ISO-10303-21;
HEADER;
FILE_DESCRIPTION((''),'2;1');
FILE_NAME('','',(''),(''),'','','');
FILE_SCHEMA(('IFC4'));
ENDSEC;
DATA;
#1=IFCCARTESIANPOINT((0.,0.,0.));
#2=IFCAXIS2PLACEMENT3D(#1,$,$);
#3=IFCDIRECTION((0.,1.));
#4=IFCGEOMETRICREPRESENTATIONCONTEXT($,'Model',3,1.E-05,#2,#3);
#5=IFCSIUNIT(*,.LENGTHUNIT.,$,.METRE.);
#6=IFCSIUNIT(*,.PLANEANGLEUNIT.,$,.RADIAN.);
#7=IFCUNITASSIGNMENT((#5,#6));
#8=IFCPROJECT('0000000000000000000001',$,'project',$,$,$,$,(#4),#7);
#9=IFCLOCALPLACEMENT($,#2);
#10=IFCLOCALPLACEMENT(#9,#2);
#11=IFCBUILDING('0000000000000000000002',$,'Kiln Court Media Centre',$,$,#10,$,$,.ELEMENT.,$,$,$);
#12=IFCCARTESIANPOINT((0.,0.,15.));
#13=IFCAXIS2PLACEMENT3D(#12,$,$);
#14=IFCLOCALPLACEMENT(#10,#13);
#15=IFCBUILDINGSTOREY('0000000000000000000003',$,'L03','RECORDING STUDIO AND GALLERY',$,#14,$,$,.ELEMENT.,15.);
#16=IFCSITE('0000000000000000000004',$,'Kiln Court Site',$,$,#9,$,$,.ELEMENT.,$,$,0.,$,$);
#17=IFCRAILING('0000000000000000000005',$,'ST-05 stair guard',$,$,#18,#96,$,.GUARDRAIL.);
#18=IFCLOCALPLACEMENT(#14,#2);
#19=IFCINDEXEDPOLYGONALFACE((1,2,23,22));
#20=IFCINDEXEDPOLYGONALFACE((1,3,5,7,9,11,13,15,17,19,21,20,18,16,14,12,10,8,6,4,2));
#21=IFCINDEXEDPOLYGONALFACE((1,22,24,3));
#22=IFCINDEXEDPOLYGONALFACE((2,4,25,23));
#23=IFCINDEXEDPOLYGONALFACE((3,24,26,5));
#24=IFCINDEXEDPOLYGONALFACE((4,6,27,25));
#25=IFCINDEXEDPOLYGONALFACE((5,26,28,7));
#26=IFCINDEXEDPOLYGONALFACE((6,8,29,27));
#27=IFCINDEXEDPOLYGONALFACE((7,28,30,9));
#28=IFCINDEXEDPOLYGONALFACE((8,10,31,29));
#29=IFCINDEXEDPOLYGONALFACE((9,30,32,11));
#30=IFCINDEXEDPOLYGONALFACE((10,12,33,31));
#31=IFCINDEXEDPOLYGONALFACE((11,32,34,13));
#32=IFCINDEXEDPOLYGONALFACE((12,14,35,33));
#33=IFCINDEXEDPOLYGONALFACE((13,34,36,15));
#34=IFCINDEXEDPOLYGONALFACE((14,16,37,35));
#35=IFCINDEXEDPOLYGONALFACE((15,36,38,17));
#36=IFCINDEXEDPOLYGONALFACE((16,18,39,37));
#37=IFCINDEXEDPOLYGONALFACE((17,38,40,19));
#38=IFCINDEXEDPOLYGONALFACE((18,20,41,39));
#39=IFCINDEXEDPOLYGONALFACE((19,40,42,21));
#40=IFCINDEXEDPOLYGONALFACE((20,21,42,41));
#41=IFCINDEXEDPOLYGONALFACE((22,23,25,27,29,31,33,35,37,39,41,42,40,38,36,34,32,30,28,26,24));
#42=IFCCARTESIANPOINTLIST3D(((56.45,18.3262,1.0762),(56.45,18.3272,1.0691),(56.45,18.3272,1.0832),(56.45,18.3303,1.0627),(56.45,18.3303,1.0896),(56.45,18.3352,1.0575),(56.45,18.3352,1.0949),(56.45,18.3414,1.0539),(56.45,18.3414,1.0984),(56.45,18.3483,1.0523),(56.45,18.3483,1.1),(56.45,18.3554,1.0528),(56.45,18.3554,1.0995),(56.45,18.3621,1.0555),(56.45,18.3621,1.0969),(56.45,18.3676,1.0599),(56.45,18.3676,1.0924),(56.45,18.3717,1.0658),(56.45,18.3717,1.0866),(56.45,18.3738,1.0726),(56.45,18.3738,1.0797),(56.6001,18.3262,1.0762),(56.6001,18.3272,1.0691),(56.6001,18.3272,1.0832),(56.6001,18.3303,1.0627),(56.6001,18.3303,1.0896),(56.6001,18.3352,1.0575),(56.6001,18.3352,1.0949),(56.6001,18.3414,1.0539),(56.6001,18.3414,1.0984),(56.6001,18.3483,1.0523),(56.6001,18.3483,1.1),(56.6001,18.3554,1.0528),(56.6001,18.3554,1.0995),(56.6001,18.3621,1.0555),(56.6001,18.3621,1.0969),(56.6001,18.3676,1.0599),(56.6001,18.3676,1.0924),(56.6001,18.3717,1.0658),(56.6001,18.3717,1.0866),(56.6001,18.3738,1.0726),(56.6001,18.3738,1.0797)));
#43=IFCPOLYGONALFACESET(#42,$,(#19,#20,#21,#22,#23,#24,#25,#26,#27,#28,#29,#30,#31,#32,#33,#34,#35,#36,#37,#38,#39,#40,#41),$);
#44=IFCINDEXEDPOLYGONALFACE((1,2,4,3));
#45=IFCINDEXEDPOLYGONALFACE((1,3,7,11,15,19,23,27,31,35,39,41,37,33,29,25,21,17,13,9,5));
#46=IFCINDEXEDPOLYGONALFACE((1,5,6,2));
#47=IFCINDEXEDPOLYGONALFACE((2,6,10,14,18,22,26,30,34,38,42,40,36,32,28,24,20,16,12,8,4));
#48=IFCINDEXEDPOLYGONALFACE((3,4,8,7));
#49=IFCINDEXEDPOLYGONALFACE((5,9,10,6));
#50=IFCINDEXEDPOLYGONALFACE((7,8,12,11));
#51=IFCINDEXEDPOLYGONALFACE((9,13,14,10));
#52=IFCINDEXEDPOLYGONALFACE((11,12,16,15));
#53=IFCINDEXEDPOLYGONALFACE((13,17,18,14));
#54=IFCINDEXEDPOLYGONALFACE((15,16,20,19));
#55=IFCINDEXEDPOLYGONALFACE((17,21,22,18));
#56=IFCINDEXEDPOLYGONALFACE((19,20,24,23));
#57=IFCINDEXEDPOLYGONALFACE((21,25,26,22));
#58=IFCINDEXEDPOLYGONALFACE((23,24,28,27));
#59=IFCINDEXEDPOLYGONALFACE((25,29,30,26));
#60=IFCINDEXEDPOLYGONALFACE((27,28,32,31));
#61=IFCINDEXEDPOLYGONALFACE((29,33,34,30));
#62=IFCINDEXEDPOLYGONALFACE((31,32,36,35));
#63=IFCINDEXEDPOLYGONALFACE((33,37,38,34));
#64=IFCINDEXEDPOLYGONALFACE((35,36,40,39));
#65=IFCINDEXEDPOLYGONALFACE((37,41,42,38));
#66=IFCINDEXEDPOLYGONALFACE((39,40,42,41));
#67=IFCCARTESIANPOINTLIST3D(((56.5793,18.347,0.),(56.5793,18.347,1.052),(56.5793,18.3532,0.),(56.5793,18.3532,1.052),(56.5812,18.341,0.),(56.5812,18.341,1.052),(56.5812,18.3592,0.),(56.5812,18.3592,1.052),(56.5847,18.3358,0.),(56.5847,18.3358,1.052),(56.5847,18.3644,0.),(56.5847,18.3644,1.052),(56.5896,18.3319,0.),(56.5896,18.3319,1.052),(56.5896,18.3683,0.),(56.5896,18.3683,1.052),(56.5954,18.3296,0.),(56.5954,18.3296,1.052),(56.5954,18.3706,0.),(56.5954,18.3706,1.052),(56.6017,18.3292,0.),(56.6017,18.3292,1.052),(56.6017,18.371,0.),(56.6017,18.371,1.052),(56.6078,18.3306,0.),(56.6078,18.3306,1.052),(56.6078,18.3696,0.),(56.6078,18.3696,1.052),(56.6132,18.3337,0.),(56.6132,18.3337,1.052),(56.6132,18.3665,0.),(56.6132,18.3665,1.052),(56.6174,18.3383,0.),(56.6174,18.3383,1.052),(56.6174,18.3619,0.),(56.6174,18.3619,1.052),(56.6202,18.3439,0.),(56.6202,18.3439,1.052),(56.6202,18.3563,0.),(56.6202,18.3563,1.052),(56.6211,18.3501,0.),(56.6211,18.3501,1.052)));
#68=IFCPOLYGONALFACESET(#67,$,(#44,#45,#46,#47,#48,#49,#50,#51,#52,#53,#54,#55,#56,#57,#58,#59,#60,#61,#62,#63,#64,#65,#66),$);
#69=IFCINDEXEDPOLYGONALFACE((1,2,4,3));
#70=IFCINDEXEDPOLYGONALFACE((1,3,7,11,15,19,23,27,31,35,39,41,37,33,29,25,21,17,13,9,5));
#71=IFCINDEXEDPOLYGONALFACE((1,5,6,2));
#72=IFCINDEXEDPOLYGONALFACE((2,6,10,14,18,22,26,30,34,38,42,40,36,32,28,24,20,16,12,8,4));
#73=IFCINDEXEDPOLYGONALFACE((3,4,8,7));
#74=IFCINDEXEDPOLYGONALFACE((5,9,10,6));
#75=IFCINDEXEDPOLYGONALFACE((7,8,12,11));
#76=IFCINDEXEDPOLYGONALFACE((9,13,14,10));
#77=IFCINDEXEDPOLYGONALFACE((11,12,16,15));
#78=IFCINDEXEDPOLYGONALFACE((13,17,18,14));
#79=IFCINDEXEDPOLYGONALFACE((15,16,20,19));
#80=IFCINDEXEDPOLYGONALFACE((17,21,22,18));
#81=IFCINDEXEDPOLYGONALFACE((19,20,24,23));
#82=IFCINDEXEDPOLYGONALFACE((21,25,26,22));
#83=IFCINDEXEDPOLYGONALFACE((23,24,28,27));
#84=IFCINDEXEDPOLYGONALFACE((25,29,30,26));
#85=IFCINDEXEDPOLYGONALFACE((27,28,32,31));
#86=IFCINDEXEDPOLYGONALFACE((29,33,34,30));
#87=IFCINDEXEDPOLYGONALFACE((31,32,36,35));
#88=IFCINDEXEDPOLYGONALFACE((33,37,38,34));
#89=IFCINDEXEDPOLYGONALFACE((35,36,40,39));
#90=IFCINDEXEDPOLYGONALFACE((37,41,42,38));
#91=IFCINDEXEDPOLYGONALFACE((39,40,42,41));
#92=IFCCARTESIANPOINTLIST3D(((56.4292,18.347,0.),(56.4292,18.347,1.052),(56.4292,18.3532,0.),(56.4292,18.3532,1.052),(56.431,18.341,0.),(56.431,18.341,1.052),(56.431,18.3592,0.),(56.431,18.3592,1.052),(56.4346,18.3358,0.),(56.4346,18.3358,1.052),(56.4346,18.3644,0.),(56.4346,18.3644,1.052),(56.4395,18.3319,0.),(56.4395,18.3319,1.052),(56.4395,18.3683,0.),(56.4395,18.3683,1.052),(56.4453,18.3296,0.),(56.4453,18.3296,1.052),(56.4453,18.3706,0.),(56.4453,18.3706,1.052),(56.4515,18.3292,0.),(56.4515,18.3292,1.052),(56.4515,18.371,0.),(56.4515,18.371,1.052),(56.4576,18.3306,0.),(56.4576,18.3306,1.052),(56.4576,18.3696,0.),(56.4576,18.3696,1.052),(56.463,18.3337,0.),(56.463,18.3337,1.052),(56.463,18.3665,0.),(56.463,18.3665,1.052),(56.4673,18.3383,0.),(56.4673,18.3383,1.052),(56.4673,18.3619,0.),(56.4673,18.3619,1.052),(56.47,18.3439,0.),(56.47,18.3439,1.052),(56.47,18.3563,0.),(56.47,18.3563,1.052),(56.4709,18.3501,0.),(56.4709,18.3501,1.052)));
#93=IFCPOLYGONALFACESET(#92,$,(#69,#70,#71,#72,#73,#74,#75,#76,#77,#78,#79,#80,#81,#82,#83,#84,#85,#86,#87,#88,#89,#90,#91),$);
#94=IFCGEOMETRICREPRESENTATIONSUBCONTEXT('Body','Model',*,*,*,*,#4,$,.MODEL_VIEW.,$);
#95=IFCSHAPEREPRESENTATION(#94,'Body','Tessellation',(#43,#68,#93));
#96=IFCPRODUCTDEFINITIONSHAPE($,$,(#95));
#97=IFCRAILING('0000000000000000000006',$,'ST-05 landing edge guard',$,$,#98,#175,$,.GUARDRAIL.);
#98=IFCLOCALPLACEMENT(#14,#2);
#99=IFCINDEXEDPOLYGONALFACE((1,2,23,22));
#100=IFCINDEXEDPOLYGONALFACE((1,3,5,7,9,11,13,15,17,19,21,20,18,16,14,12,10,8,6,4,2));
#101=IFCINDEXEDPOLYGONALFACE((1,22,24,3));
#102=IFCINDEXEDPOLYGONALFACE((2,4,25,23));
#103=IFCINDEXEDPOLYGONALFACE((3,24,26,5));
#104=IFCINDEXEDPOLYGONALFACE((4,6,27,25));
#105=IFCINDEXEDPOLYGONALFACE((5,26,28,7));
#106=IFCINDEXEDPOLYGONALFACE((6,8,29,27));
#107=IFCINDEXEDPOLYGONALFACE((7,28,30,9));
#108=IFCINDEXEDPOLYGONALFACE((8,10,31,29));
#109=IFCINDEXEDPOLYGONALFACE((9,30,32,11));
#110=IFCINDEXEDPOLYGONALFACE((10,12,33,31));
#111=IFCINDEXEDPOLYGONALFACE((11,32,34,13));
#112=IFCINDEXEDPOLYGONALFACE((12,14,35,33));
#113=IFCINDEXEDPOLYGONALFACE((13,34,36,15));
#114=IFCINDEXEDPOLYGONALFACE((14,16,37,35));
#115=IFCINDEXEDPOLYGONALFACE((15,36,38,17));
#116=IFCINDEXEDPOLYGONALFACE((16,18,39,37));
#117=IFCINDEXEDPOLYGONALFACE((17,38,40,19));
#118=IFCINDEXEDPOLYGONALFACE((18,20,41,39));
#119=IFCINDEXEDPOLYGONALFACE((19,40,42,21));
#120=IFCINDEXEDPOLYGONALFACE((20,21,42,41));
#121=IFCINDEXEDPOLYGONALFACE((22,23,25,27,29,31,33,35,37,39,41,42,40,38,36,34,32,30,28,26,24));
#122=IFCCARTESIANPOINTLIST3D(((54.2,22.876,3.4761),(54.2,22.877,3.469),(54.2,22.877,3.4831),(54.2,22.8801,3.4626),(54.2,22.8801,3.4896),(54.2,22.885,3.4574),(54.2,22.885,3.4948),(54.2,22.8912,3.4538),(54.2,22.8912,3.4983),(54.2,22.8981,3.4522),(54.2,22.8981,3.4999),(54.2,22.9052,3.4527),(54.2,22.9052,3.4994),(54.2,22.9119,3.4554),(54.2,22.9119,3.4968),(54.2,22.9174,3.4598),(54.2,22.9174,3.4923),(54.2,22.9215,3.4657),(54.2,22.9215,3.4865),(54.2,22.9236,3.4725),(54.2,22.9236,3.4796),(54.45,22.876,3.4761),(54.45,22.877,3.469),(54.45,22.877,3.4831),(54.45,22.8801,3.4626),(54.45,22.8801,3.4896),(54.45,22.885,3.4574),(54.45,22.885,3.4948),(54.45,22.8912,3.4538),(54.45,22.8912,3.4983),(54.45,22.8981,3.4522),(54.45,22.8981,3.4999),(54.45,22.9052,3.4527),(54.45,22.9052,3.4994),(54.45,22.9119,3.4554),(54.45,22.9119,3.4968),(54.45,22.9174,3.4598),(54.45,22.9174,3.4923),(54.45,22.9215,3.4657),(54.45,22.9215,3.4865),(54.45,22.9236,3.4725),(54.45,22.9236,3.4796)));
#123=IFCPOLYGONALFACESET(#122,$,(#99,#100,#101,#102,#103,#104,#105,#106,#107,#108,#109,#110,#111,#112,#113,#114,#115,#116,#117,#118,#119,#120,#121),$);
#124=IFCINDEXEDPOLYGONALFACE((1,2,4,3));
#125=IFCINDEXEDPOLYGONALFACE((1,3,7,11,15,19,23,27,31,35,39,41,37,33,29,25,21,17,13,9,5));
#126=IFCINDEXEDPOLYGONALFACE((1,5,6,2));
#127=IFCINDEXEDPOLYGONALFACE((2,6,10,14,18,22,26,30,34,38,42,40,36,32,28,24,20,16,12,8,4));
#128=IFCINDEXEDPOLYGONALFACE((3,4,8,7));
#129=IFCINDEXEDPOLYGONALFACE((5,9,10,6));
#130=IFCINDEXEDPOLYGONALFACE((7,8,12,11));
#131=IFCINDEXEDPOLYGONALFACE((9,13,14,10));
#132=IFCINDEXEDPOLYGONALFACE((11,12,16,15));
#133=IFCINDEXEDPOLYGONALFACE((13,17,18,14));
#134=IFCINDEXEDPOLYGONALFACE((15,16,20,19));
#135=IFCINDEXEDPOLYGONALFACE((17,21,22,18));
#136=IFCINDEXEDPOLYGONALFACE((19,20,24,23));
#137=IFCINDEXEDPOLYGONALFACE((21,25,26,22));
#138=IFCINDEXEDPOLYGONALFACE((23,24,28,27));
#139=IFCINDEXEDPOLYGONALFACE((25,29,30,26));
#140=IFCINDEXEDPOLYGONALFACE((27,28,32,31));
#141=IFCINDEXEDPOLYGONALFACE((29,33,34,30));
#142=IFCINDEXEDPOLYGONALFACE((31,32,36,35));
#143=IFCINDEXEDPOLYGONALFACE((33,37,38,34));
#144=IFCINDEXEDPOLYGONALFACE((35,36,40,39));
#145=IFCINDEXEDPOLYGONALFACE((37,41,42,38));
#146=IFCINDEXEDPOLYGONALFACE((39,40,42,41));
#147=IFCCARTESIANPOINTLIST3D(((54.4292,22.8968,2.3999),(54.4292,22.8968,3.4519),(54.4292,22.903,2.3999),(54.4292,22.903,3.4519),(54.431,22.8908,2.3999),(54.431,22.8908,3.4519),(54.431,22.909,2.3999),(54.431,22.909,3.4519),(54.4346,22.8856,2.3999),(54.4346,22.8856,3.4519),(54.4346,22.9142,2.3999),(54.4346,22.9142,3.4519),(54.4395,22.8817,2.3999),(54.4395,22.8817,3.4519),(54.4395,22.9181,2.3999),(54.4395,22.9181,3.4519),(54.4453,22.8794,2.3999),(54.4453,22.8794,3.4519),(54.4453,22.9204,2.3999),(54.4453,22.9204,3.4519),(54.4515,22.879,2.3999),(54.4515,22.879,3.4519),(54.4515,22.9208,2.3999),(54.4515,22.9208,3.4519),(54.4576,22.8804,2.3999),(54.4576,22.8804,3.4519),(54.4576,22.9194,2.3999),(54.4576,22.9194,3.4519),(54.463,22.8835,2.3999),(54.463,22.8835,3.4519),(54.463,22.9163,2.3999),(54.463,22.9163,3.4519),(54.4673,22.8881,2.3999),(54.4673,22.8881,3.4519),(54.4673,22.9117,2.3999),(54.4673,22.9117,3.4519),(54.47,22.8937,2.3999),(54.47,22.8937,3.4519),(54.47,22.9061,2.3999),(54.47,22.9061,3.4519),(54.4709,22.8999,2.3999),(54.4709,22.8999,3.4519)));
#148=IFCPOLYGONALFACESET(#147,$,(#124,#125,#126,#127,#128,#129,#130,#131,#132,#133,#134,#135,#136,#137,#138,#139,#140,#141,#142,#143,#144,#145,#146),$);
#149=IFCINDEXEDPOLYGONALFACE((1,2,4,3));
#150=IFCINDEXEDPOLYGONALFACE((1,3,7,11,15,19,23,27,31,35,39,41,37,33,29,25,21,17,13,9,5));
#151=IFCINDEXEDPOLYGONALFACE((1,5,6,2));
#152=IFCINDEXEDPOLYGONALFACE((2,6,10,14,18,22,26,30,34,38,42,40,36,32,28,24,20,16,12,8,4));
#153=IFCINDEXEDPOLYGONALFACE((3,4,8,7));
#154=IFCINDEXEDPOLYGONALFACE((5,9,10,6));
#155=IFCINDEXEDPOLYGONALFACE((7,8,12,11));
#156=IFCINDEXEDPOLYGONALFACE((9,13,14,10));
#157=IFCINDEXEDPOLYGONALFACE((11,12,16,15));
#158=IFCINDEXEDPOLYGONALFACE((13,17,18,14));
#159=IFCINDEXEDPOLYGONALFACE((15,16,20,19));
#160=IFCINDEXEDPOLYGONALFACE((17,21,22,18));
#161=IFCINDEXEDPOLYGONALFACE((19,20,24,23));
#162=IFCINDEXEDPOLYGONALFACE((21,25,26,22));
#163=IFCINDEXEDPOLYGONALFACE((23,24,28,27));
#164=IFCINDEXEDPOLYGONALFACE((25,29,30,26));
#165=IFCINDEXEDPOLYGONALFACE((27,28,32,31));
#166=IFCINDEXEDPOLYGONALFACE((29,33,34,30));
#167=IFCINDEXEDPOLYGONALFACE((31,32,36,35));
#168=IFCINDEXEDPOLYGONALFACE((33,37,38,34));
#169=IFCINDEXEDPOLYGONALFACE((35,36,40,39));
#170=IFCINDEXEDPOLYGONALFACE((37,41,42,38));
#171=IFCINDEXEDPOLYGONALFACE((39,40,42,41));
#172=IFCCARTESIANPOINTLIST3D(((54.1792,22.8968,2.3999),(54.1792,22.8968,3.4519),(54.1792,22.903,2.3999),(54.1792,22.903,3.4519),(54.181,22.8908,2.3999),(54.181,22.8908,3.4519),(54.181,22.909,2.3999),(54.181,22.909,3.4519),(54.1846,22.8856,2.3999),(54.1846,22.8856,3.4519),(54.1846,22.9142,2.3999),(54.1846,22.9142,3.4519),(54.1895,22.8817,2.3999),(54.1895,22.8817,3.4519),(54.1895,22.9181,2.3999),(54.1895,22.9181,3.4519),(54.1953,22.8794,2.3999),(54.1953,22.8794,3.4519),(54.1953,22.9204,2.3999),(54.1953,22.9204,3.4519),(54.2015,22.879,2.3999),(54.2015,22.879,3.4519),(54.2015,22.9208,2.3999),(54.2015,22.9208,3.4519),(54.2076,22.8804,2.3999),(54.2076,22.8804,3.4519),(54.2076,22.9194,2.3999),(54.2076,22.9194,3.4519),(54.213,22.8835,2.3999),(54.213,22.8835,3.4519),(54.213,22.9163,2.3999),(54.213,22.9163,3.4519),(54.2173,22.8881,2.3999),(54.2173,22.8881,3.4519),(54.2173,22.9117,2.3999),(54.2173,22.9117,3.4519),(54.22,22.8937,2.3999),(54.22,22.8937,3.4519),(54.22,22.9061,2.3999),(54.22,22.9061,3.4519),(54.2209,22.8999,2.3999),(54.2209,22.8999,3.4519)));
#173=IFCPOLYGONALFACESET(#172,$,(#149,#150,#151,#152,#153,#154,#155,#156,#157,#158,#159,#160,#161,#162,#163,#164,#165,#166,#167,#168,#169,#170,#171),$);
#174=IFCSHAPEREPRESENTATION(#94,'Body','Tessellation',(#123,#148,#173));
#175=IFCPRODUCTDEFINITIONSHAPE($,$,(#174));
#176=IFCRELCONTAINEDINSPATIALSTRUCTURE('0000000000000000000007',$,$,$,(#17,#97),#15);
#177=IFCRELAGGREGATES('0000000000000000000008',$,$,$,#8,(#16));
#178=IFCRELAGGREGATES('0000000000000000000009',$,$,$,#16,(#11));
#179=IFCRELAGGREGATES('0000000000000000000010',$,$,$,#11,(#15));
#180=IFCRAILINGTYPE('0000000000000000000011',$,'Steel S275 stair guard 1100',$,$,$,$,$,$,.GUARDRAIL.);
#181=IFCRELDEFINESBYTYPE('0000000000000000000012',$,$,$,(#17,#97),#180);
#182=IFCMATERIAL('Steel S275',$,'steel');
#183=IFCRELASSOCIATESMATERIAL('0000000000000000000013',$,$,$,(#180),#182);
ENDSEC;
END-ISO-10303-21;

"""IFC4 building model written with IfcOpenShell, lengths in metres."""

from ifc_helpers import new_model, si_unit, direction, frame, origin, origin_2d, place, context, subcontext, project, spatial, circle, extrude, material, type_object, element, save


model = new_model("IFC4")

# Units and contexts
model_context = context("Model", 3, precision=1e-05, world=origin(), true_north=direction((0.0, 1.0)))
body_context = subcontext(model_context, "Body", "Model", "MODEL_VIEW")
ifc_project = project(units=[si_unit("LENGTHUNIT", "METRE"), si_unit("PLANEANGLEUNIT", "RADIAN")], contexts=[model_context])

# Site, building, storey
site_placement = place(None, origin())
site = spatial("IfcSite", under=ifc_project, at=site_placement, Name="Kiln Court Site", CompositionType="ELEMENT", RefElevation=0.0)
building_placement = place(site_placement, origin())
building = spatial("IfcBuilding", under=site, at=building_placement, Name="Kiln Court Media Centre", CompositionType="ELEMENT")
storey_placement = place(building_placement, frame((0.0, 0.0, 15.0)))
storey = spatial("IfcBuildingStorey", under=building, at=storey_placement, Name="L03", Description="RECORDING STUDIO AND GALLERY", CompositionType="ELEMENT", Elevation=15.0)

# Railings
ifc_material_1 = material(Name="Steel S275", Category="steel")
railing_type_1 = type_object("IfcRailingType", Name="Steel S275 stair guard 1100", PredefinedType="GUARDRAIL", material=ifc_material_1)
railing_1_placement = place(storey_placement, frame((56.6001, 18.3501, 0.0)))
element("IfcRailing", 1, at=railing_1_placement, inside=storey, type_object=railing_type_1, Name="ST-05 stair guard", PredefinedType="GUARDRAIL", context=body_context, shape_type="SweptSolid", body=[
    extrude(circle(Radius=0.0239, at=origin_2d()), frame((0.0, 0.0, 1.0762), z_axis=(-1.0, 0.0, 0.0), x_axis=(0.0, -1.0, 0.0)), (0.0, 0.0, 1.0), 0.1501),
    extrude(circle(Radius=0.021, at=origin_2d()), origin(), (0.0, 0.0, 1.0), 1.052),
    extrude(circle(Radius=0.021, at=origin_2d()), frame((-0.1501, 0.0, 0.0)), (0.0, 0.0, 1.0), 1.052),
])
railing_2_placement = place(storey_placement, frame((54.45, 22.8999, 2.3999)))
element("IfcRailing", 2, at=railing_2_placement, inside=storey, type_object=railing_type_1, Name="ST-05 landing edge guard", PredefinedType="GUARDRAIL", context=body_context, shape_type="SweptSolid", body=[
    extrude(circle(Radius=0.0239, at=origin_2d()), frame((0.0, 0.0, 1.0762), z_axis=(-1.0, 0.0, 0.0), x_axis=(0.0, -1.0, 0.0)), (0.0, 0.0, 1.0), 0.25),
    extrude(circle(Radius=0.021, at=origin_2d()), origin(), (0.0, 0.0, 1.0), 1.052),
    extrude(circle(Radius=0.021, at=origin_2d()), frame((-0.25, 0.0, 0.0)), (0.0, 0.0, 1.0), 1.052),
])

save(model, "model.ifc")
